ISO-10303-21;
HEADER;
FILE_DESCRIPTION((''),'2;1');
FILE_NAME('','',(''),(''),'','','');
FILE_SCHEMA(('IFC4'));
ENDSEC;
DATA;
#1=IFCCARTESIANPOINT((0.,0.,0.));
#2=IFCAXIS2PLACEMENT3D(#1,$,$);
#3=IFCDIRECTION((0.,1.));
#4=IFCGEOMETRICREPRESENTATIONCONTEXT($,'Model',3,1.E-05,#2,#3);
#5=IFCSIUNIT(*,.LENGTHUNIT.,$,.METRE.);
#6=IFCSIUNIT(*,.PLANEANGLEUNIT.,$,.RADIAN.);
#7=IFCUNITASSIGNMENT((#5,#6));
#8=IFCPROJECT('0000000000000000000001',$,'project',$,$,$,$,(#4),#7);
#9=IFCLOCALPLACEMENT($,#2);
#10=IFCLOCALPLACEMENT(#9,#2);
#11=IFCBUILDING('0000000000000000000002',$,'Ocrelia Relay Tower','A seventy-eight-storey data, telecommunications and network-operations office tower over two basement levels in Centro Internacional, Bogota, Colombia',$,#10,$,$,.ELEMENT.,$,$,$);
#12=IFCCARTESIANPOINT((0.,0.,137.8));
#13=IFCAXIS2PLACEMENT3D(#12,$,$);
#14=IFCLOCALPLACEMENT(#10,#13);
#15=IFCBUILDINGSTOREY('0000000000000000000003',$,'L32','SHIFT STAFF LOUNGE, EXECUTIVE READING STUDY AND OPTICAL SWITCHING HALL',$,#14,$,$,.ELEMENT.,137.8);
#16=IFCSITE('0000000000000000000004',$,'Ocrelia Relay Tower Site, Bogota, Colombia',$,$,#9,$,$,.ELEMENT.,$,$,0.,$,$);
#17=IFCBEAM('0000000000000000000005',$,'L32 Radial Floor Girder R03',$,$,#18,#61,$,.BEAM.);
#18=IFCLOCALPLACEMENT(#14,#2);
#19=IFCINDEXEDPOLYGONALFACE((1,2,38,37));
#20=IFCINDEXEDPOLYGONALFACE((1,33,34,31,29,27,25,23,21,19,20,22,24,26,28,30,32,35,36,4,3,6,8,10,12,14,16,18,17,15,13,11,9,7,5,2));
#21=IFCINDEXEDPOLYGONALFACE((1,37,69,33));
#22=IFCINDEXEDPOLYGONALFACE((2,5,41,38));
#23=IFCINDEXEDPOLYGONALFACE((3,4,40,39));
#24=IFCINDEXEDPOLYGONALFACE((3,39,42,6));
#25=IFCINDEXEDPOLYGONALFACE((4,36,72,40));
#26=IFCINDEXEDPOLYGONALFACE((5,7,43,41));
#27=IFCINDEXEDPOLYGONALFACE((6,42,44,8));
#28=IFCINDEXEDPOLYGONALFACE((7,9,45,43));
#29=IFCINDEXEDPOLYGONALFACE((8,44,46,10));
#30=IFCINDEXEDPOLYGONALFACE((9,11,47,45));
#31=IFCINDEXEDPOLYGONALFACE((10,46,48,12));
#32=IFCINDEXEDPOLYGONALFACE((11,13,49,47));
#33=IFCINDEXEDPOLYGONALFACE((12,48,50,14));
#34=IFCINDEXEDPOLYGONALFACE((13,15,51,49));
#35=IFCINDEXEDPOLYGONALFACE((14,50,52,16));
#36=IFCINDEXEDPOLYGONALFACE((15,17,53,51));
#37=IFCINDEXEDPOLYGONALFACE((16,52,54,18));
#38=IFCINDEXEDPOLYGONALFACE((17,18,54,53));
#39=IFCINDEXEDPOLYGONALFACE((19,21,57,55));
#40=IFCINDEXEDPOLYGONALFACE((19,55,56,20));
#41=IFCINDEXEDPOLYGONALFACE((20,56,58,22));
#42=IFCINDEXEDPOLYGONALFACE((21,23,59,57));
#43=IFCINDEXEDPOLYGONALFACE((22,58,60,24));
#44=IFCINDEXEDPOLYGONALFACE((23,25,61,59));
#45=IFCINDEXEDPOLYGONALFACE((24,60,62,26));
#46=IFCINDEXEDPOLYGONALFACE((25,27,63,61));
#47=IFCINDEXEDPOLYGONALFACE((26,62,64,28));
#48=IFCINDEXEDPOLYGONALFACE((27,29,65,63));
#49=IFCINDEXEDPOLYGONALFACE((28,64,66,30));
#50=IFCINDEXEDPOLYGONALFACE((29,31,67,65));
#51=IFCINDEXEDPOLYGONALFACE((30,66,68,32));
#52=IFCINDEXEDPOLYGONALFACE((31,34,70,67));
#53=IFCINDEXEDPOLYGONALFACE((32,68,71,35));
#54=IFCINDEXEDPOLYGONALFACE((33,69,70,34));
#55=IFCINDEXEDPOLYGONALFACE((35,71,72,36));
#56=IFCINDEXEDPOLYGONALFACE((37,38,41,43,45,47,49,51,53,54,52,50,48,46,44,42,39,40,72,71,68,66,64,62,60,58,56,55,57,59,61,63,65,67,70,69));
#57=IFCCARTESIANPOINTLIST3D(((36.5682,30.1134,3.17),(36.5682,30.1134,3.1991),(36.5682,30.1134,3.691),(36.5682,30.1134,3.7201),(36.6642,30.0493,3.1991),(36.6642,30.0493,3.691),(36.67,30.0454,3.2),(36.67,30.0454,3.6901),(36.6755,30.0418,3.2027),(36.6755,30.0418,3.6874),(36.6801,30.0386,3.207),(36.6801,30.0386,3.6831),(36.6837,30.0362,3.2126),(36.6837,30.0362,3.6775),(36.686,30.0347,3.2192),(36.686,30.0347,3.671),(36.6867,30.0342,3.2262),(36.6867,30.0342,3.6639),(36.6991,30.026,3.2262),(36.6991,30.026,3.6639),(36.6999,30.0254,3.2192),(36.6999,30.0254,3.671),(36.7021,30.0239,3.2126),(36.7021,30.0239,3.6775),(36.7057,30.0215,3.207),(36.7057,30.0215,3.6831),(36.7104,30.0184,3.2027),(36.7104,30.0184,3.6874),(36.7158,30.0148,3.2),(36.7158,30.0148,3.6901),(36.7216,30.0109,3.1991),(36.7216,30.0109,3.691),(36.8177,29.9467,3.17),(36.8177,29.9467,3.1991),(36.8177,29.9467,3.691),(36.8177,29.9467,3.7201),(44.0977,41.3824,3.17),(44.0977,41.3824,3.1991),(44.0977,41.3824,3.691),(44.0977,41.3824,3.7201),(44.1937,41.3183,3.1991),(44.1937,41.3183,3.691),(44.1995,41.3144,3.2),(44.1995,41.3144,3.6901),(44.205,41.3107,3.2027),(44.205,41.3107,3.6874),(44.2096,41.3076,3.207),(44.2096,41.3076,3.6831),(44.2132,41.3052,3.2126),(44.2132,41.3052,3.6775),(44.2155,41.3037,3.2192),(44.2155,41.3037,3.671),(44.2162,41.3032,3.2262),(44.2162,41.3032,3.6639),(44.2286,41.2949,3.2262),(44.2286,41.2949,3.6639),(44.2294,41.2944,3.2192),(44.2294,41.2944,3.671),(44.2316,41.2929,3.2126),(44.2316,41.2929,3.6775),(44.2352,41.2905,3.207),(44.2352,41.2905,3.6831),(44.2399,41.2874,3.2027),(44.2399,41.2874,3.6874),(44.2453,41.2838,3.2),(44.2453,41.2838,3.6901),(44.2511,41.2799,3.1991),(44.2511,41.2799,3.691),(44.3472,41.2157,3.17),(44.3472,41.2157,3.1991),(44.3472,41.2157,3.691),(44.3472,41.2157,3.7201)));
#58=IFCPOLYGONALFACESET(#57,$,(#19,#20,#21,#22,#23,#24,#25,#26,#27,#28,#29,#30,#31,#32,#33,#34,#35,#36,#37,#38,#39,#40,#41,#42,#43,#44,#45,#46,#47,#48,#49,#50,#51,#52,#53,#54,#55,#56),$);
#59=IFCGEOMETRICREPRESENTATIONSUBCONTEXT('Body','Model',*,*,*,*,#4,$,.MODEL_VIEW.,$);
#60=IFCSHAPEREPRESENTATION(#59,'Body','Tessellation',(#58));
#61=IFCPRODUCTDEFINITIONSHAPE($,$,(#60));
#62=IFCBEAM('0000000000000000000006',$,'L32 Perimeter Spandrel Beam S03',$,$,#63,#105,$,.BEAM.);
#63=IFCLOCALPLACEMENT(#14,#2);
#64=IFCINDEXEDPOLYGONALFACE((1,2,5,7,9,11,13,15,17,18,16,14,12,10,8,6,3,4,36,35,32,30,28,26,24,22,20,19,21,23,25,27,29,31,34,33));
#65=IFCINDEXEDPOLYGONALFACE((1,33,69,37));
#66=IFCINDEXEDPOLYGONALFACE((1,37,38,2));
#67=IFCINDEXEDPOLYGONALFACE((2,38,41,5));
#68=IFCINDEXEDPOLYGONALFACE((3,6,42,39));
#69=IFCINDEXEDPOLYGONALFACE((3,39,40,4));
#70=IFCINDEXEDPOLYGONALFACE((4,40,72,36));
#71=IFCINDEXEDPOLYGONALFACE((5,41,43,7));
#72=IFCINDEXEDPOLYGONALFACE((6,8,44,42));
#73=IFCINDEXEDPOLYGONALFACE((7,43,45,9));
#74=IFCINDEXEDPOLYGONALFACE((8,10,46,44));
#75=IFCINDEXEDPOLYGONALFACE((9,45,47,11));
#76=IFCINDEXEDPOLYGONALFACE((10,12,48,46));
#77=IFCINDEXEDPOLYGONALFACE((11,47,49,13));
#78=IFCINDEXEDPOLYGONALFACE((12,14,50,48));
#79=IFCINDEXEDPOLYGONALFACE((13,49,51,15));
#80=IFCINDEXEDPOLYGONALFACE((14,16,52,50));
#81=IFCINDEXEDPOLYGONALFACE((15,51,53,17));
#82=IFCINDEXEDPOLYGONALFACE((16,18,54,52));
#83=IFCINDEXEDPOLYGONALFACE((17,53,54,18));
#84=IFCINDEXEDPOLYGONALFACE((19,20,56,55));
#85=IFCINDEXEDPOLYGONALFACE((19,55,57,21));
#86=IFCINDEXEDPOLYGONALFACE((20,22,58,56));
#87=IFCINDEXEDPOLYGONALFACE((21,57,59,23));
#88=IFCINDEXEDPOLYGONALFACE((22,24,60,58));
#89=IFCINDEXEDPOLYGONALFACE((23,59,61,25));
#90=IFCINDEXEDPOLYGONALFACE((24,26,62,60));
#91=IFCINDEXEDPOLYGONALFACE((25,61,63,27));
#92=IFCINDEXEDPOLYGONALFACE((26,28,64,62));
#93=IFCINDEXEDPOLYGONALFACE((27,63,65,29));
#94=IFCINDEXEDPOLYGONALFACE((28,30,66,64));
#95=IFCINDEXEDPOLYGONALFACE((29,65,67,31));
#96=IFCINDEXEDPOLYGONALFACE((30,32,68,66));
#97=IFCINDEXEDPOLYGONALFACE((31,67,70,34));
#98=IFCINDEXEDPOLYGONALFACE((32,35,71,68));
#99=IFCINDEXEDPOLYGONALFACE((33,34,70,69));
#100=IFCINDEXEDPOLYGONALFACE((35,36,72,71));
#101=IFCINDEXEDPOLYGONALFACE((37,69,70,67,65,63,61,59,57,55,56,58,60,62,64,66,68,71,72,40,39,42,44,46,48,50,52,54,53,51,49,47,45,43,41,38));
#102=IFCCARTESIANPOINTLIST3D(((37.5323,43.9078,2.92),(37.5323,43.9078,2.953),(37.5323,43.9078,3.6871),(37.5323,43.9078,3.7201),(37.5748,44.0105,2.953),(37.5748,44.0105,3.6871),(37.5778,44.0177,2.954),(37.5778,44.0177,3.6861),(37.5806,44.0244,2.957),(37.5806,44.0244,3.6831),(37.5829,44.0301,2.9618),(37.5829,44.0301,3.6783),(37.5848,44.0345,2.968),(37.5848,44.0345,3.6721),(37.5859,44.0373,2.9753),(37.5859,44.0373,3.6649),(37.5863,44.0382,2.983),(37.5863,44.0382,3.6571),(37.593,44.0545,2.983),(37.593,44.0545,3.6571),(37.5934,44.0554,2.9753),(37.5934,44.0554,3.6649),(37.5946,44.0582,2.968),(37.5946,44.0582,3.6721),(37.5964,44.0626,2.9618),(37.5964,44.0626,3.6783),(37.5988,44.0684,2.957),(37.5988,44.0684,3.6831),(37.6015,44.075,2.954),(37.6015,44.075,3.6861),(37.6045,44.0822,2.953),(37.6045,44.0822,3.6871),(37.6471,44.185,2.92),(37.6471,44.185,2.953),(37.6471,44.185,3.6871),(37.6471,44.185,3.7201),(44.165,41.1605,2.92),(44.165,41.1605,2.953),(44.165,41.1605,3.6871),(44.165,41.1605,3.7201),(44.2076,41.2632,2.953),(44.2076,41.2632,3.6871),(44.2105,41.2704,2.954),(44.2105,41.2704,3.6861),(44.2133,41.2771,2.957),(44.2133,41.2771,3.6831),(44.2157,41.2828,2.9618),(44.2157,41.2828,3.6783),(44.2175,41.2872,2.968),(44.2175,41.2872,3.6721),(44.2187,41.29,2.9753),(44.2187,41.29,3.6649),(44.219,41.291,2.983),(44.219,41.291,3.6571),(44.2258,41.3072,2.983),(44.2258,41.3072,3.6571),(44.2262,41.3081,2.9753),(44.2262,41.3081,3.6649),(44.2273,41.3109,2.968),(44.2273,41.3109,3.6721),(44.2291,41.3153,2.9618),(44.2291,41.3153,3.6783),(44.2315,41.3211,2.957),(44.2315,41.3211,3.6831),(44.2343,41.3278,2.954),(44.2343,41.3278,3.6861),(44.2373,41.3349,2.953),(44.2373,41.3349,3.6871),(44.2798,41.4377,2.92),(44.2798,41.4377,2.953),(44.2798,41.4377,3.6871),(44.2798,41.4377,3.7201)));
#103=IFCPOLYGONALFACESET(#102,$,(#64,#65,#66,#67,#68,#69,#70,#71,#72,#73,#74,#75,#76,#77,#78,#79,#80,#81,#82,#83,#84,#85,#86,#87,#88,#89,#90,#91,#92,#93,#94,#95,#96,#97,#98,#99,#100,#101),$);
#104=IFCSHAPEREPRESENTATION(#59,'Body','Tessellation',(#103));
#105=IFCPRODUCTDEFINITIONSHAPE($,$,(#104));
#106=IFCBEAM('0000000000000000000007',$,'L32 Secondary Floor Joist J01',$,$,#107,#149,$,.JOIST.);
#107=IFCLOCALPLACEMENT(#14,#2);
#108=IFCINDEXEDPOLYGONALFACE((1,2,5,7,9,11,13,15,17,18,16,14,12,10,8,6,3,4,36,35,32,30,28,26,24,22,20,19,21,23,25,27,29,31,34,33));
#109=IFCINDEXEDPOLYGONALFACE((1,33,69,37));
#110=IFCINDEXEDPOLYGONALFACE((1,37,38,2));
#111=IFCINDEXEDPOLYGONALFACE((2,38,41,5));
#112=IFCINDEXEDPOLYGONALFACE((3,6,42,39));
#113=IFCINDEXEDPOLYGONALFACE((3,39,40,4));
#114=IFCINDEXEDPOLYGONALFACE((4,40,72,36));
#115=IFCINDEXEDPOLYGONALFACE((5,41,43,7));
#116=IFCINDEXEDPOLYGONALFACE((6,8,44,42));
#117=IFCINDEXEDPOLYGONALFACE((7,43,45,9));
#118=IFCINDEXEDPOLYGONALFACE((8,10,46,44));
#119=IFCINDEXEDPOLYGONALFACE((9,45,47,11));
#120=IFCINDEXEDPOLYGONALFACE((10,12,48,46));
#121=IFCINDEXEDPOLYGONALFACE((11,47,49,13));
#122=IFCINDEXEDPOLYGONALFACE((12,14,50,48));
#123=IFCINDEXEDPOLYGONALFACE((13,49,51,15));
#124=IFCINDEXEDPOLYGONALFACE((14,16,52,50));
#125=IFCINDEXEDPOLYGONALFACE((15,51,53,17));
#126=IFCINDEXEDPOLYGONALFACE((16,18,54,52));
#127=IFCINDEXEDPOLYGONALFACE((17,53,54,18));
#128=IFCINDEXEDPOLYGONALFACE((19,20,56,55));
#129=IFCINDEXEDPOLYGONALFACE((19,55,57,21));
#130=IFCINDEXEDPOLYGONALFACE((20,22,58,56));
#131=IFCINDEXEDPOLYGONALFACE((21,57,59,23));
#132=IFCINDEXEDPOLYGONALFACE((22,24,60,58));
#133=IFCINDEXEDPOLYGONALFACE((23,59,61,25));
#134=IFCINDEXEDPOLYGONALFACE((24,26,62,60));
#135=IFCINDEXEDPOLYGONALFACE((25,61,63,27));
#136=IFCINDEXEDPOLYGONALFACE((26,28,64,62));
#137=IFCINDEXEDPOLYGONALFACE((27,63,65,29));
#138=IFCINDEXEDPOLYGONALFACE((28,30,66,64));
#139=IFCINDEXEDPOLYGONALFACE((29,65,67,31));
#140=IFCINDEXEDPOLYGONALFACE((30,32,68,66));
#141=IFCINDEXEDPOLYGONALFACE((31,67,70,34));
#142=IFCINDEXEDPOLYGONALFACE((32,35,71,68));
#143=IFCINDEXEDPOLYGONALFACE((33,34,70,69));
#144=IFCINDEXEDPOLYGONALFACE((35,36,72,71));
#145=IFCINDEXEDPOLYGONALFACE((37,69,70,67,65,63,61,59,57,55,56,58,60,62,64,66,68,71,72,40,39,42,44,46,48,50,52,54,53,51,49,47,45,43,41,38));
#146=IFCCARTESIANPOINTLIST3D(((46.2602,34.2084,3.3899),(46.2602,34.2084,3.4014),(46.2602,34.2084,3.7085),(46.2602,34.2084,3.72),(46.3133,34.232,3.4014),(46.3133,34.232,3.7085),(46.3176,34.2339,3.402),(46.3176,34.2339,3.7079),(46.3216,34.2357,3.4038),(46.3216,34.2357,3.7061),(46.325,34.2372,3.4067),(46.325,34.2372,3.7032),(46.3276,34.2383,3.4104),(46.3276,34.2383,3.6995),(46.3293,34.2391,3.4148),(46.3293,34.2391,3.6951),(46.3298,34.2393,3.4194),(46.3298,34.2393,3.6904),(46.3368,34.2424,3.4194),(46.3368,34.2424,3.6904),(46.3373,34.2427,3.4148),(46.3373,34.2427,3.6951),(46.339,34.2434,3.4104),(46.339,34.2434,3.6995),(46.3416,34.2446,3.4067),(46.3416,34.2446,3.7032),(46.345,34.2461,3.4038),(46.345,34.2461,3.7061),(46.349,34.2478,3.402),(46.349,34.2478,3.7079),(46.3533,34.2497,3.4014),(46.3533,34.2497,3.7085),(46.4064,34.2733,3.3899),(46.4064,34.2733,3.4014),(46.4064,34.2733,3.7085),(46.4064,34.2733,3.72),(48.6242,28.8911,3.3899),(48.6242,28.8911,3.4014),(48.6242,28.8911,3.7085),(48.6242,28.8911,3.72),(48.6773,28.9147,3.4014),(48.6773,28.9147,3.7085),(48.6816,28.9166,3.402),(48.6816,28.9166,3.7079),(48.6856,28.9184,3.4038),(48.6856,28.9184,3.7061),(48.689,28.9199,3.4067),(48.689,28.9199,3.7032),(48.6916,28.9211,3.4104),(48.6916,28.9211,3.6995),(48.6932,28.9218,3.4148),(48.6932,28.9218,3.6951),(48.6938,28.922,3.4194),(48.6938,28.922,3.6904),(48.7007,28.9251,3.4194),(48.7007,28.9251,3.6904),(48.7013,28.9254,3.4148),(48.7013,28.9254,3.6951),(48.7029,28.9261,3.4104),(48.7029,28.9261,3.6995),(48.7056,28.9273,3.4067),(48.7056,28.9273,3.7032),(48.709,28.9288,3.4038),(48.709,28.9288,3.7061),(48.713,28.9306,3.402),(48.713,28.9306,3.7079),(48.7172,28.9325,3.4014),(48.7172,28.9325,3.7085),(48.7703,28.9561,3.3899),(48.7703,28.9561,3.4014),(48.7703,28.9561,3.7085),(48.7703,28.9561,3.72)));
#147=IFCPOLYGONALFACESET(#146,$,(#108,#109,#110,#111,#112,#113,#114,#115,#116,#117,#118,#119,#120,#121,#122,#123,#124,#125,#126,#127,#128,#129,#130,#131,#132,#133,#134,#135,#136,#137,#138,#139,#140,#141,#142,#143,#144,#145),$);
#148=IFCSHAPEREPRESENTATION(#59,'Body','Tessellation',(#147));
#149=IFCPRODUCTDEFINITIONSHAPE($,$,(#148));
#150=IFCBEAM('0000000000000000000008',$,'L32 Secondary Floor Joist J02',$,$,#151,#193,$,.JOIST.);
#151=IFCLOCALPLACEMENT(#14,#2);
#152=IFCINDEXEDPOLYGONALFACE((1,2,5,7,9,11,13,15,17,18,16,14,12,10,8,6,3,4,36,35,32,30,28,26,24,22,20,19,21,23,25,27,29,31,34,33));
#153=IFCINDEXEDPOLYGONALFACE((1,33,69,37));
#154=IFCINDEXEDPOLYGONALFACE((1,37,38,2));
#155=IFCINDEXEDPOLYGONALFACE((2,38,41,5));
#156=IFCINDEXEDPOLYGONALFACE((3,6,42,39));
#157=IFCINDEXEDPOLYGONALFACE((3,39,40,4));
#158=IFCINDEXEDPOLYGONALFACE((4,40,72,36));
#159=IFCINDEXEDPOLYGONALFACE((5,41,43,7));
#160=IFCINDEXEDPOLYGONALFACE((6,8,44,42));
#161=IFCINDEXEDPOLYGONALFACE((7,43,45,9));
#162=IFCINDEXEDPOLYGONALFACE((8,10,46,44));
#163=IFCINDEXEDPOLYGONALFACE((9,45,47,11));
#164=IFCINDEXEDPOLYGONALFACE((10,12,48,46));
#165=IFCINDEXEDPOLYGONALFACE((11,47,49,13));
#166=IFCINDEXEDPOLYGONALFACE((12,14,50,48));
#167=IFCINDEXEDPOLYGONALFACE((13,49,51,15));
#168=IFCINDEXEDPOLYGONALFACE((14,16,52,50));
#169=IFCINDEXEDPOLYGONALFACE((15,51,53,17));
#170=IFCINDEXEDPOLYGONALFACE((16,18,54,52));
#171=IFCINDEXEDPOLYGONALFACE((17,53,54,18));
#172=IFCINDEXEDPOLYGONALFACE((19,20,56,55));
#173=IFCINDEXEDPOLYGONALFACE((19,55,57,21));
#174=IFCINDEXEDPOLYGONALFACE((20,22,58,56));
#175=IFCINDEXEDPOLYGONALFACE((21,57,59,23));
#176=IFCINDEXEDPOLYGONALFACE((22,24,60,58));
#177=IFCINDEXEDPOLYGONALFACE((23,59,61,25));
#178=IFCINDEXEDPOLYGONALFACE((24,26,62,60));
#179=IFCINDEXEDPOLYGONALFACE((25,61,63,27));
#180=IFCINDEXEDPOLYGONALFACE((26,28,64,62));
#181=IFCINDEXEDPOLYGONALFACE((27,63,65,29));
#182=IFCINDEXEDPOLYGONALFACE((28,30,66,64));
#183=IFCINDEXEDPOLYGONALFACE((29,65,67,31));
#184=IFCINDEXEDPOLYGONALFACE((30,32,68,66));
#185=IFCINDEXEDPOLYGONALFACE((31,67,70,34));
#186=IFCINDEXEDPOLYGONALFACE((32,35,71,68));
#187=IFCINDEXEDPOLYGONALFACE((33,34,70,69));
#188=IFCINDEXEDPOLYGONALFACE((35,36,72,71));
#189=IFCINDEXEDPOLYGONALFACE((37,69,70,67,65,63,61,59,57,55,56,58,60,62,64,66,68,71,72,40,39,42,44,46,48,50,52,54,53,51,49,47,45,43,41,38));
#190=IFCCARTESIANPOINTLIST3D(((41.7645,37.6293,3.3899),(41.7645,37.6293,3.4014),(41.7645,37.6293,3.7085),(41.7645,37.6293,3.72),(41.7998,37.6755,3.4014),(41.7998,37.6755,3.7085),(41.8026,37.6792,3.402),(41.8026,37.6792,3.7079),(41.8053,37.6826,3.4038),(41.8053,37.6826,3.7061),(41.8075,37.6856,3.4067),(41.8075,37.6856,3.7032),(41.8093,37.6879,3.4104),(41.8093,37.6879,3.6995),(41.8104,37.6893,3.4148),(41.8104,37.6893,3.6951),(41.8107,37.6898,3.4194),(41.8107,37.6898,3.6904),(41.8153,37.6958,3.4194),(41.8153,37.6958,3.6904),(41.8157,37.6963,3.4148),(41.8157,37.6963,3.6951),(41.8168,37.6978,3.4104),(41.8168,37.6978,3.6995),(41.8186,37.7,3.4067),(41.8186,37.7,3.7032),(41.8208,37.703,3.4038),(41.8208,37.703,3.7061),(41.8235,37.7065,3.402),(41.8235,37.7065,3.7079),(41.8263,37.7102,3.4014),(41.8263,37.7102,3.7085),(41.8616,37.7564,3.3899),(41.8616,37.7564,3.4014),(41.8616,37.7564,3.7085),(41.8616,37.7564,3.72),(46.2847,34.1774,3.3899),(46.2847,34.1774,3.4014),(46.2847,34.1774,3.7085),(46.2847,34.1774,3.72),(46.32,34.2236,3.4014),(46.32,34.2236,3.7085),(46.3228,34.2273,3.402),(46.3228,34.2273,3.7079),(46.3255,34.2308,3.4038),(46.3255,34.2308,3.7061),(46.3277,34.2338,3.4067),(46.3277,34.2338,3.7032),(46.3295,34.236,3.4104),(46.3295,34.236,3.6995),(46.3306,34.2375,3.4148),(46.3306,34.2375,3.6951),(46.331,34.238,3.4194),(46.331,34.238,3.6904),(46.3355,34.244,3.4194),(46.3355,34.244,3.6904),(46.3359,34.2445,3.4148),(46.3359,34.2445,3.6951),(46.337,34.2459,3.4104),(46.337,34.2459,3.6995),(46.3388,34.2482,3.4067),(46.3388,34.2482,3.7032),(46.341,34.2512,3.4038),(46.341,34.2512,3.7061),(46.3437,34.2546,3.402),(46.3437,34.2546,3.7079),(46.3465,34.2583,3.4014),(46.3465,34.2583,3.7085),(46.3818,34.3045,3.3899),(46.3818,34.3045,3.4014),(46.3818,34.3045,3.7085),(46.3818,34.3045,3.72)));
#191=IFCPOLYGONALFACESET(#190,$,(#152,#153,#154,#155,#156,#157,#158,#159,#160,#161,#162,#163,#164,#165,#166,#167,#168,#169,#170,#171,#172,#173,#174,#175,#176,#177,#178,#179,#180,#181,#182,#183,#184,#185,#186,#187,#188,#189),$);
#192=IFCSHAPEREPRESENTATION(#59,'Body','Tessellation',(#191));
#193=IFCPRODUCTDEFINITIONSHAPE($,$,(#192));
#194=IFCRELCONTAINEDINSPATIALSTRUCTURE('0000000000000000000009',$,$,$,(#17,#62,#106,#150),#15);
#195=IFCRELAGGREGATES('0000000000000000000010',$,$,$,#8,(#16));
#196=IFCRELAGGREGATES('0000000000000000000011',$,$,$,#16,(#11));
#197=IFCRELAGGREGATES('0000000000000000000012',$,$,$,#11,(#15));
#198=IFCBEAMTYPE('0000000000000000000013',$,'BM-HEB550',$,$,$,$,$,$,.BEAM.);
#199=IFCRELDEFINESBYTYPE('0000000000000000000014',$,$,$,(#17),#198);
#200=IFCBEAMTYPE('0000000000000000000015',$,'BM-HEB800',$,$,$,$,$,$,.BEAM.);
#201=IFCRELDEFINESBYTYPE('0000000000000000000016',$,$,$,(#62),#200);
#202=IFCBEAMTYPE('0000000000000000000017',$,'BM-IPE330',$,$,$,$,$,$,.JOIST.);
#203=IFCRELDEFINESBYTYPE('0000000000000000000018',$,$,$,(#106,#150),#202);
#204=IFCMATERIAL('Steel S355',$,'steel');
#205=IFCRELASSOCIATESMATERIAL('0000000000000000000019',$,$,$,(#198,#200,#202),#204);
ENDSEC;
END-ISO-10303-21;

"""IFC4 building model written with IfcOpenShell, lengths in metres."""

from ifc_helpers import new_model, si_unit, direction, frame, origin, origin_2d, place, context, subcontext, project, spatial, i_section, extrude, material, material_profile, profile_set, type_object, element, save


model = new_model("IFC4")

# Units and contexts
model_context = context("Model", 3, precision=1e-05, world=origin(), true_north=direction((0.0, 1.0)))
body_context = subcontext(model_context, "Body", "Model", "MODEL_VIEW")
ifc_project = project(units=[si_unit("LENGTHUNIT", "METRE"), si_unit("PLANEANGLEUNIT", "RADIAN")], contexts=[model_context])

# Site, building, storey
site_placement = place(None, origin())
site = spatial("IfcSite", under=ifc_project, at=site_placement, Name="Ocrelia Relay Tower Site, Bogota, Colombia", CompositionType="ELEMENT", RefElevation=0.0)
building_placement = place(site_placement, origin())
building = spatial("IfcBuilding", under=site, at=building_placement, Name="Ocrelia Relay Tower", Description="A seventy-eight-storey data, telecommunications and network-operations office tower over two basement levels in Centro Internacional, Bogota, Colombia", CompositionType="ELEMENT")
storey_placement = place(building_placement, frame((0.0, 0.0, 137.8)))
storey = spatial("IfcBuildingStorey", under=building, at=storey_placement, Name="L32", Description="SHIFT STAFF LOUNGE, EXECUTIVE READING STUDY AND OPTICAL SWITCHING HALL", CompositionType="ELEMENT", Elevation=137.8)

# Beams
ifc_material_1 = material(Name="Steel S355", Category="steel")
ifc_material_profile_1 = material_profile(ifc_material_1, i_section(OverallWidth=0.3, OverallDepth=0.55, WebThickness=0.0149, FlangeThickness=0.0291, FilletRadius=0.0271, at=origin_2d()), Name="HEB 550")
ifc_profile_set_1 = profile_set([ifc_material_profile_1], Name="Steel S355")
beam_type_1 = type_object("IfcBeamType", Name="BM-HEB550", PredefinedType="BEAM", material=ifc_profile_set_1)
beam_1_placement = place(storey_placement, frame((44.2224, 41.2991, 3.4451), z_axis=(-0.55556, -0.831476, 0.0), x_axis=(0.831476, -0.55556, 0.0)))
element("IfcBeam", 1, at=beam_1_placement, inside=storey, type_object=beam_type_1, Name="L32 Radial Floor Girder R03", PredefinedType="BEAM", context=body_context, shape_type="SweptSolid", body=[
    extrude(i_section(OverallWidth=0.3, OverallDepth=0.55, WebThickness=0.0149, FlangeThickness=0.0291, FilletRadius=0.0271, at=origin_2d()), origin(), (0.0, 0.0, 1.0), 13.553),
])
ifc_material_profile_2 = material_profile(ifc_material_1, i_section(OverallWidth=0.3, OverallDepth=0.8, WebThickness=0.0176, FlangeThickness=0.033, FilletRadius=0.03, at=origin_2d()), Name="HEB 800")
ifc_profile_set_2 = profile_set([ifc_material_profile_2], Name="Steel S355")
beam_type_2 = type_object("IfcBeamType", Name="BM-HEB800", PredefinedType="BEAM", material=ifc_profile_set_2)
beam_2_placement = place(storey_placement, frame((44.2224, 41.2991, 3.3201), z_axis=(-0.923884, 0.382673, 0.0), x_axis=(-0.382673, -0.923884, 0.0)))
element("IfcBeam", 2, at=beam_2_placement, inside=storey, type_object=beam_type_2, Name="L32 Perimeter Spandrel Beam S03", PredefinedType="BEAM", context=body_context, shape_type="SweptSolid", body=[
    extrude(i_section(OverallWidth=0.3, OverallDepth=0.8, WebThickness=0.0176, FlangeThickness=0.033, FilletRadius=0.03, at=origin_2d()), origin(), (0.0, 0.0, 1.0), 7.1792),
])
ifc_material_profile_3 = material_profile(ifc_material_1, i_section(OverallWidth=0.1599, OverallDepth=0.3301, WebThickness=0.0076, FlangeThickness=0.0115, FilletRadius=0.0181, at=origin_2d()), Name="IPE 330")
ifc_profile_set_3 = profile_set([ifc_material_profile_3], Name="Steel S355")
beam_type_3 = type_object("IfcBeamType", Name="BM-IPE330", PredefinedType="JOIST", material=ifc_profile_set_3)
beam_3_placement = place(storey_placement, frame((48.6973, 28.9236, 3.5549), z_axis=(-0.406244, 0.913765, 0.0), x_axis=(-0.913765, -0.406244, 0.0)))
element("IfcBeam", 3, at=beam_3_placement, inside=storey, type_object=beam_type_3, Name="L32 Secondary Floor Joist J01", PredefinedType="JOIST", context=body_context, shape_type="SweptSolid", body=[
    extrude(i_section(OverallWidth=0.1599, OverallDepth=0.3301, WebThickness=0.0076, FlangeThickness=0.0115, FilletRadius=0.0181, at=origin_2d()), origin(), (0.0, 0.0, 1.0), 5.8191),
])
beam_4_placement = place(storey_placement, frame((46.3333, 34.241, 3.5549), z_axis=(-0.794762, 0.606921, 0.0), x_axis=(-0.606921, -0.794762, 0.0)))
element("IfcBeam", 4, at=beam_4_placement, inside=storey, type_object=beam_type_3, Name="L32 Secondary Floor Joist J02", PredefinedType="JOIST", context=body_context, shape_type="SweptSolid", body=[
    extrude(i_section(OverallWidth=0.1599, OverallDepth=0.3301, WebThickness=0.0076, FlangeThickness=0.0115, FilletRadius=0.0181, at=origin_2d()), origin(), (0.0, 0.0, 1.0), 5.6875),
])

save(model, "model.ifc")
